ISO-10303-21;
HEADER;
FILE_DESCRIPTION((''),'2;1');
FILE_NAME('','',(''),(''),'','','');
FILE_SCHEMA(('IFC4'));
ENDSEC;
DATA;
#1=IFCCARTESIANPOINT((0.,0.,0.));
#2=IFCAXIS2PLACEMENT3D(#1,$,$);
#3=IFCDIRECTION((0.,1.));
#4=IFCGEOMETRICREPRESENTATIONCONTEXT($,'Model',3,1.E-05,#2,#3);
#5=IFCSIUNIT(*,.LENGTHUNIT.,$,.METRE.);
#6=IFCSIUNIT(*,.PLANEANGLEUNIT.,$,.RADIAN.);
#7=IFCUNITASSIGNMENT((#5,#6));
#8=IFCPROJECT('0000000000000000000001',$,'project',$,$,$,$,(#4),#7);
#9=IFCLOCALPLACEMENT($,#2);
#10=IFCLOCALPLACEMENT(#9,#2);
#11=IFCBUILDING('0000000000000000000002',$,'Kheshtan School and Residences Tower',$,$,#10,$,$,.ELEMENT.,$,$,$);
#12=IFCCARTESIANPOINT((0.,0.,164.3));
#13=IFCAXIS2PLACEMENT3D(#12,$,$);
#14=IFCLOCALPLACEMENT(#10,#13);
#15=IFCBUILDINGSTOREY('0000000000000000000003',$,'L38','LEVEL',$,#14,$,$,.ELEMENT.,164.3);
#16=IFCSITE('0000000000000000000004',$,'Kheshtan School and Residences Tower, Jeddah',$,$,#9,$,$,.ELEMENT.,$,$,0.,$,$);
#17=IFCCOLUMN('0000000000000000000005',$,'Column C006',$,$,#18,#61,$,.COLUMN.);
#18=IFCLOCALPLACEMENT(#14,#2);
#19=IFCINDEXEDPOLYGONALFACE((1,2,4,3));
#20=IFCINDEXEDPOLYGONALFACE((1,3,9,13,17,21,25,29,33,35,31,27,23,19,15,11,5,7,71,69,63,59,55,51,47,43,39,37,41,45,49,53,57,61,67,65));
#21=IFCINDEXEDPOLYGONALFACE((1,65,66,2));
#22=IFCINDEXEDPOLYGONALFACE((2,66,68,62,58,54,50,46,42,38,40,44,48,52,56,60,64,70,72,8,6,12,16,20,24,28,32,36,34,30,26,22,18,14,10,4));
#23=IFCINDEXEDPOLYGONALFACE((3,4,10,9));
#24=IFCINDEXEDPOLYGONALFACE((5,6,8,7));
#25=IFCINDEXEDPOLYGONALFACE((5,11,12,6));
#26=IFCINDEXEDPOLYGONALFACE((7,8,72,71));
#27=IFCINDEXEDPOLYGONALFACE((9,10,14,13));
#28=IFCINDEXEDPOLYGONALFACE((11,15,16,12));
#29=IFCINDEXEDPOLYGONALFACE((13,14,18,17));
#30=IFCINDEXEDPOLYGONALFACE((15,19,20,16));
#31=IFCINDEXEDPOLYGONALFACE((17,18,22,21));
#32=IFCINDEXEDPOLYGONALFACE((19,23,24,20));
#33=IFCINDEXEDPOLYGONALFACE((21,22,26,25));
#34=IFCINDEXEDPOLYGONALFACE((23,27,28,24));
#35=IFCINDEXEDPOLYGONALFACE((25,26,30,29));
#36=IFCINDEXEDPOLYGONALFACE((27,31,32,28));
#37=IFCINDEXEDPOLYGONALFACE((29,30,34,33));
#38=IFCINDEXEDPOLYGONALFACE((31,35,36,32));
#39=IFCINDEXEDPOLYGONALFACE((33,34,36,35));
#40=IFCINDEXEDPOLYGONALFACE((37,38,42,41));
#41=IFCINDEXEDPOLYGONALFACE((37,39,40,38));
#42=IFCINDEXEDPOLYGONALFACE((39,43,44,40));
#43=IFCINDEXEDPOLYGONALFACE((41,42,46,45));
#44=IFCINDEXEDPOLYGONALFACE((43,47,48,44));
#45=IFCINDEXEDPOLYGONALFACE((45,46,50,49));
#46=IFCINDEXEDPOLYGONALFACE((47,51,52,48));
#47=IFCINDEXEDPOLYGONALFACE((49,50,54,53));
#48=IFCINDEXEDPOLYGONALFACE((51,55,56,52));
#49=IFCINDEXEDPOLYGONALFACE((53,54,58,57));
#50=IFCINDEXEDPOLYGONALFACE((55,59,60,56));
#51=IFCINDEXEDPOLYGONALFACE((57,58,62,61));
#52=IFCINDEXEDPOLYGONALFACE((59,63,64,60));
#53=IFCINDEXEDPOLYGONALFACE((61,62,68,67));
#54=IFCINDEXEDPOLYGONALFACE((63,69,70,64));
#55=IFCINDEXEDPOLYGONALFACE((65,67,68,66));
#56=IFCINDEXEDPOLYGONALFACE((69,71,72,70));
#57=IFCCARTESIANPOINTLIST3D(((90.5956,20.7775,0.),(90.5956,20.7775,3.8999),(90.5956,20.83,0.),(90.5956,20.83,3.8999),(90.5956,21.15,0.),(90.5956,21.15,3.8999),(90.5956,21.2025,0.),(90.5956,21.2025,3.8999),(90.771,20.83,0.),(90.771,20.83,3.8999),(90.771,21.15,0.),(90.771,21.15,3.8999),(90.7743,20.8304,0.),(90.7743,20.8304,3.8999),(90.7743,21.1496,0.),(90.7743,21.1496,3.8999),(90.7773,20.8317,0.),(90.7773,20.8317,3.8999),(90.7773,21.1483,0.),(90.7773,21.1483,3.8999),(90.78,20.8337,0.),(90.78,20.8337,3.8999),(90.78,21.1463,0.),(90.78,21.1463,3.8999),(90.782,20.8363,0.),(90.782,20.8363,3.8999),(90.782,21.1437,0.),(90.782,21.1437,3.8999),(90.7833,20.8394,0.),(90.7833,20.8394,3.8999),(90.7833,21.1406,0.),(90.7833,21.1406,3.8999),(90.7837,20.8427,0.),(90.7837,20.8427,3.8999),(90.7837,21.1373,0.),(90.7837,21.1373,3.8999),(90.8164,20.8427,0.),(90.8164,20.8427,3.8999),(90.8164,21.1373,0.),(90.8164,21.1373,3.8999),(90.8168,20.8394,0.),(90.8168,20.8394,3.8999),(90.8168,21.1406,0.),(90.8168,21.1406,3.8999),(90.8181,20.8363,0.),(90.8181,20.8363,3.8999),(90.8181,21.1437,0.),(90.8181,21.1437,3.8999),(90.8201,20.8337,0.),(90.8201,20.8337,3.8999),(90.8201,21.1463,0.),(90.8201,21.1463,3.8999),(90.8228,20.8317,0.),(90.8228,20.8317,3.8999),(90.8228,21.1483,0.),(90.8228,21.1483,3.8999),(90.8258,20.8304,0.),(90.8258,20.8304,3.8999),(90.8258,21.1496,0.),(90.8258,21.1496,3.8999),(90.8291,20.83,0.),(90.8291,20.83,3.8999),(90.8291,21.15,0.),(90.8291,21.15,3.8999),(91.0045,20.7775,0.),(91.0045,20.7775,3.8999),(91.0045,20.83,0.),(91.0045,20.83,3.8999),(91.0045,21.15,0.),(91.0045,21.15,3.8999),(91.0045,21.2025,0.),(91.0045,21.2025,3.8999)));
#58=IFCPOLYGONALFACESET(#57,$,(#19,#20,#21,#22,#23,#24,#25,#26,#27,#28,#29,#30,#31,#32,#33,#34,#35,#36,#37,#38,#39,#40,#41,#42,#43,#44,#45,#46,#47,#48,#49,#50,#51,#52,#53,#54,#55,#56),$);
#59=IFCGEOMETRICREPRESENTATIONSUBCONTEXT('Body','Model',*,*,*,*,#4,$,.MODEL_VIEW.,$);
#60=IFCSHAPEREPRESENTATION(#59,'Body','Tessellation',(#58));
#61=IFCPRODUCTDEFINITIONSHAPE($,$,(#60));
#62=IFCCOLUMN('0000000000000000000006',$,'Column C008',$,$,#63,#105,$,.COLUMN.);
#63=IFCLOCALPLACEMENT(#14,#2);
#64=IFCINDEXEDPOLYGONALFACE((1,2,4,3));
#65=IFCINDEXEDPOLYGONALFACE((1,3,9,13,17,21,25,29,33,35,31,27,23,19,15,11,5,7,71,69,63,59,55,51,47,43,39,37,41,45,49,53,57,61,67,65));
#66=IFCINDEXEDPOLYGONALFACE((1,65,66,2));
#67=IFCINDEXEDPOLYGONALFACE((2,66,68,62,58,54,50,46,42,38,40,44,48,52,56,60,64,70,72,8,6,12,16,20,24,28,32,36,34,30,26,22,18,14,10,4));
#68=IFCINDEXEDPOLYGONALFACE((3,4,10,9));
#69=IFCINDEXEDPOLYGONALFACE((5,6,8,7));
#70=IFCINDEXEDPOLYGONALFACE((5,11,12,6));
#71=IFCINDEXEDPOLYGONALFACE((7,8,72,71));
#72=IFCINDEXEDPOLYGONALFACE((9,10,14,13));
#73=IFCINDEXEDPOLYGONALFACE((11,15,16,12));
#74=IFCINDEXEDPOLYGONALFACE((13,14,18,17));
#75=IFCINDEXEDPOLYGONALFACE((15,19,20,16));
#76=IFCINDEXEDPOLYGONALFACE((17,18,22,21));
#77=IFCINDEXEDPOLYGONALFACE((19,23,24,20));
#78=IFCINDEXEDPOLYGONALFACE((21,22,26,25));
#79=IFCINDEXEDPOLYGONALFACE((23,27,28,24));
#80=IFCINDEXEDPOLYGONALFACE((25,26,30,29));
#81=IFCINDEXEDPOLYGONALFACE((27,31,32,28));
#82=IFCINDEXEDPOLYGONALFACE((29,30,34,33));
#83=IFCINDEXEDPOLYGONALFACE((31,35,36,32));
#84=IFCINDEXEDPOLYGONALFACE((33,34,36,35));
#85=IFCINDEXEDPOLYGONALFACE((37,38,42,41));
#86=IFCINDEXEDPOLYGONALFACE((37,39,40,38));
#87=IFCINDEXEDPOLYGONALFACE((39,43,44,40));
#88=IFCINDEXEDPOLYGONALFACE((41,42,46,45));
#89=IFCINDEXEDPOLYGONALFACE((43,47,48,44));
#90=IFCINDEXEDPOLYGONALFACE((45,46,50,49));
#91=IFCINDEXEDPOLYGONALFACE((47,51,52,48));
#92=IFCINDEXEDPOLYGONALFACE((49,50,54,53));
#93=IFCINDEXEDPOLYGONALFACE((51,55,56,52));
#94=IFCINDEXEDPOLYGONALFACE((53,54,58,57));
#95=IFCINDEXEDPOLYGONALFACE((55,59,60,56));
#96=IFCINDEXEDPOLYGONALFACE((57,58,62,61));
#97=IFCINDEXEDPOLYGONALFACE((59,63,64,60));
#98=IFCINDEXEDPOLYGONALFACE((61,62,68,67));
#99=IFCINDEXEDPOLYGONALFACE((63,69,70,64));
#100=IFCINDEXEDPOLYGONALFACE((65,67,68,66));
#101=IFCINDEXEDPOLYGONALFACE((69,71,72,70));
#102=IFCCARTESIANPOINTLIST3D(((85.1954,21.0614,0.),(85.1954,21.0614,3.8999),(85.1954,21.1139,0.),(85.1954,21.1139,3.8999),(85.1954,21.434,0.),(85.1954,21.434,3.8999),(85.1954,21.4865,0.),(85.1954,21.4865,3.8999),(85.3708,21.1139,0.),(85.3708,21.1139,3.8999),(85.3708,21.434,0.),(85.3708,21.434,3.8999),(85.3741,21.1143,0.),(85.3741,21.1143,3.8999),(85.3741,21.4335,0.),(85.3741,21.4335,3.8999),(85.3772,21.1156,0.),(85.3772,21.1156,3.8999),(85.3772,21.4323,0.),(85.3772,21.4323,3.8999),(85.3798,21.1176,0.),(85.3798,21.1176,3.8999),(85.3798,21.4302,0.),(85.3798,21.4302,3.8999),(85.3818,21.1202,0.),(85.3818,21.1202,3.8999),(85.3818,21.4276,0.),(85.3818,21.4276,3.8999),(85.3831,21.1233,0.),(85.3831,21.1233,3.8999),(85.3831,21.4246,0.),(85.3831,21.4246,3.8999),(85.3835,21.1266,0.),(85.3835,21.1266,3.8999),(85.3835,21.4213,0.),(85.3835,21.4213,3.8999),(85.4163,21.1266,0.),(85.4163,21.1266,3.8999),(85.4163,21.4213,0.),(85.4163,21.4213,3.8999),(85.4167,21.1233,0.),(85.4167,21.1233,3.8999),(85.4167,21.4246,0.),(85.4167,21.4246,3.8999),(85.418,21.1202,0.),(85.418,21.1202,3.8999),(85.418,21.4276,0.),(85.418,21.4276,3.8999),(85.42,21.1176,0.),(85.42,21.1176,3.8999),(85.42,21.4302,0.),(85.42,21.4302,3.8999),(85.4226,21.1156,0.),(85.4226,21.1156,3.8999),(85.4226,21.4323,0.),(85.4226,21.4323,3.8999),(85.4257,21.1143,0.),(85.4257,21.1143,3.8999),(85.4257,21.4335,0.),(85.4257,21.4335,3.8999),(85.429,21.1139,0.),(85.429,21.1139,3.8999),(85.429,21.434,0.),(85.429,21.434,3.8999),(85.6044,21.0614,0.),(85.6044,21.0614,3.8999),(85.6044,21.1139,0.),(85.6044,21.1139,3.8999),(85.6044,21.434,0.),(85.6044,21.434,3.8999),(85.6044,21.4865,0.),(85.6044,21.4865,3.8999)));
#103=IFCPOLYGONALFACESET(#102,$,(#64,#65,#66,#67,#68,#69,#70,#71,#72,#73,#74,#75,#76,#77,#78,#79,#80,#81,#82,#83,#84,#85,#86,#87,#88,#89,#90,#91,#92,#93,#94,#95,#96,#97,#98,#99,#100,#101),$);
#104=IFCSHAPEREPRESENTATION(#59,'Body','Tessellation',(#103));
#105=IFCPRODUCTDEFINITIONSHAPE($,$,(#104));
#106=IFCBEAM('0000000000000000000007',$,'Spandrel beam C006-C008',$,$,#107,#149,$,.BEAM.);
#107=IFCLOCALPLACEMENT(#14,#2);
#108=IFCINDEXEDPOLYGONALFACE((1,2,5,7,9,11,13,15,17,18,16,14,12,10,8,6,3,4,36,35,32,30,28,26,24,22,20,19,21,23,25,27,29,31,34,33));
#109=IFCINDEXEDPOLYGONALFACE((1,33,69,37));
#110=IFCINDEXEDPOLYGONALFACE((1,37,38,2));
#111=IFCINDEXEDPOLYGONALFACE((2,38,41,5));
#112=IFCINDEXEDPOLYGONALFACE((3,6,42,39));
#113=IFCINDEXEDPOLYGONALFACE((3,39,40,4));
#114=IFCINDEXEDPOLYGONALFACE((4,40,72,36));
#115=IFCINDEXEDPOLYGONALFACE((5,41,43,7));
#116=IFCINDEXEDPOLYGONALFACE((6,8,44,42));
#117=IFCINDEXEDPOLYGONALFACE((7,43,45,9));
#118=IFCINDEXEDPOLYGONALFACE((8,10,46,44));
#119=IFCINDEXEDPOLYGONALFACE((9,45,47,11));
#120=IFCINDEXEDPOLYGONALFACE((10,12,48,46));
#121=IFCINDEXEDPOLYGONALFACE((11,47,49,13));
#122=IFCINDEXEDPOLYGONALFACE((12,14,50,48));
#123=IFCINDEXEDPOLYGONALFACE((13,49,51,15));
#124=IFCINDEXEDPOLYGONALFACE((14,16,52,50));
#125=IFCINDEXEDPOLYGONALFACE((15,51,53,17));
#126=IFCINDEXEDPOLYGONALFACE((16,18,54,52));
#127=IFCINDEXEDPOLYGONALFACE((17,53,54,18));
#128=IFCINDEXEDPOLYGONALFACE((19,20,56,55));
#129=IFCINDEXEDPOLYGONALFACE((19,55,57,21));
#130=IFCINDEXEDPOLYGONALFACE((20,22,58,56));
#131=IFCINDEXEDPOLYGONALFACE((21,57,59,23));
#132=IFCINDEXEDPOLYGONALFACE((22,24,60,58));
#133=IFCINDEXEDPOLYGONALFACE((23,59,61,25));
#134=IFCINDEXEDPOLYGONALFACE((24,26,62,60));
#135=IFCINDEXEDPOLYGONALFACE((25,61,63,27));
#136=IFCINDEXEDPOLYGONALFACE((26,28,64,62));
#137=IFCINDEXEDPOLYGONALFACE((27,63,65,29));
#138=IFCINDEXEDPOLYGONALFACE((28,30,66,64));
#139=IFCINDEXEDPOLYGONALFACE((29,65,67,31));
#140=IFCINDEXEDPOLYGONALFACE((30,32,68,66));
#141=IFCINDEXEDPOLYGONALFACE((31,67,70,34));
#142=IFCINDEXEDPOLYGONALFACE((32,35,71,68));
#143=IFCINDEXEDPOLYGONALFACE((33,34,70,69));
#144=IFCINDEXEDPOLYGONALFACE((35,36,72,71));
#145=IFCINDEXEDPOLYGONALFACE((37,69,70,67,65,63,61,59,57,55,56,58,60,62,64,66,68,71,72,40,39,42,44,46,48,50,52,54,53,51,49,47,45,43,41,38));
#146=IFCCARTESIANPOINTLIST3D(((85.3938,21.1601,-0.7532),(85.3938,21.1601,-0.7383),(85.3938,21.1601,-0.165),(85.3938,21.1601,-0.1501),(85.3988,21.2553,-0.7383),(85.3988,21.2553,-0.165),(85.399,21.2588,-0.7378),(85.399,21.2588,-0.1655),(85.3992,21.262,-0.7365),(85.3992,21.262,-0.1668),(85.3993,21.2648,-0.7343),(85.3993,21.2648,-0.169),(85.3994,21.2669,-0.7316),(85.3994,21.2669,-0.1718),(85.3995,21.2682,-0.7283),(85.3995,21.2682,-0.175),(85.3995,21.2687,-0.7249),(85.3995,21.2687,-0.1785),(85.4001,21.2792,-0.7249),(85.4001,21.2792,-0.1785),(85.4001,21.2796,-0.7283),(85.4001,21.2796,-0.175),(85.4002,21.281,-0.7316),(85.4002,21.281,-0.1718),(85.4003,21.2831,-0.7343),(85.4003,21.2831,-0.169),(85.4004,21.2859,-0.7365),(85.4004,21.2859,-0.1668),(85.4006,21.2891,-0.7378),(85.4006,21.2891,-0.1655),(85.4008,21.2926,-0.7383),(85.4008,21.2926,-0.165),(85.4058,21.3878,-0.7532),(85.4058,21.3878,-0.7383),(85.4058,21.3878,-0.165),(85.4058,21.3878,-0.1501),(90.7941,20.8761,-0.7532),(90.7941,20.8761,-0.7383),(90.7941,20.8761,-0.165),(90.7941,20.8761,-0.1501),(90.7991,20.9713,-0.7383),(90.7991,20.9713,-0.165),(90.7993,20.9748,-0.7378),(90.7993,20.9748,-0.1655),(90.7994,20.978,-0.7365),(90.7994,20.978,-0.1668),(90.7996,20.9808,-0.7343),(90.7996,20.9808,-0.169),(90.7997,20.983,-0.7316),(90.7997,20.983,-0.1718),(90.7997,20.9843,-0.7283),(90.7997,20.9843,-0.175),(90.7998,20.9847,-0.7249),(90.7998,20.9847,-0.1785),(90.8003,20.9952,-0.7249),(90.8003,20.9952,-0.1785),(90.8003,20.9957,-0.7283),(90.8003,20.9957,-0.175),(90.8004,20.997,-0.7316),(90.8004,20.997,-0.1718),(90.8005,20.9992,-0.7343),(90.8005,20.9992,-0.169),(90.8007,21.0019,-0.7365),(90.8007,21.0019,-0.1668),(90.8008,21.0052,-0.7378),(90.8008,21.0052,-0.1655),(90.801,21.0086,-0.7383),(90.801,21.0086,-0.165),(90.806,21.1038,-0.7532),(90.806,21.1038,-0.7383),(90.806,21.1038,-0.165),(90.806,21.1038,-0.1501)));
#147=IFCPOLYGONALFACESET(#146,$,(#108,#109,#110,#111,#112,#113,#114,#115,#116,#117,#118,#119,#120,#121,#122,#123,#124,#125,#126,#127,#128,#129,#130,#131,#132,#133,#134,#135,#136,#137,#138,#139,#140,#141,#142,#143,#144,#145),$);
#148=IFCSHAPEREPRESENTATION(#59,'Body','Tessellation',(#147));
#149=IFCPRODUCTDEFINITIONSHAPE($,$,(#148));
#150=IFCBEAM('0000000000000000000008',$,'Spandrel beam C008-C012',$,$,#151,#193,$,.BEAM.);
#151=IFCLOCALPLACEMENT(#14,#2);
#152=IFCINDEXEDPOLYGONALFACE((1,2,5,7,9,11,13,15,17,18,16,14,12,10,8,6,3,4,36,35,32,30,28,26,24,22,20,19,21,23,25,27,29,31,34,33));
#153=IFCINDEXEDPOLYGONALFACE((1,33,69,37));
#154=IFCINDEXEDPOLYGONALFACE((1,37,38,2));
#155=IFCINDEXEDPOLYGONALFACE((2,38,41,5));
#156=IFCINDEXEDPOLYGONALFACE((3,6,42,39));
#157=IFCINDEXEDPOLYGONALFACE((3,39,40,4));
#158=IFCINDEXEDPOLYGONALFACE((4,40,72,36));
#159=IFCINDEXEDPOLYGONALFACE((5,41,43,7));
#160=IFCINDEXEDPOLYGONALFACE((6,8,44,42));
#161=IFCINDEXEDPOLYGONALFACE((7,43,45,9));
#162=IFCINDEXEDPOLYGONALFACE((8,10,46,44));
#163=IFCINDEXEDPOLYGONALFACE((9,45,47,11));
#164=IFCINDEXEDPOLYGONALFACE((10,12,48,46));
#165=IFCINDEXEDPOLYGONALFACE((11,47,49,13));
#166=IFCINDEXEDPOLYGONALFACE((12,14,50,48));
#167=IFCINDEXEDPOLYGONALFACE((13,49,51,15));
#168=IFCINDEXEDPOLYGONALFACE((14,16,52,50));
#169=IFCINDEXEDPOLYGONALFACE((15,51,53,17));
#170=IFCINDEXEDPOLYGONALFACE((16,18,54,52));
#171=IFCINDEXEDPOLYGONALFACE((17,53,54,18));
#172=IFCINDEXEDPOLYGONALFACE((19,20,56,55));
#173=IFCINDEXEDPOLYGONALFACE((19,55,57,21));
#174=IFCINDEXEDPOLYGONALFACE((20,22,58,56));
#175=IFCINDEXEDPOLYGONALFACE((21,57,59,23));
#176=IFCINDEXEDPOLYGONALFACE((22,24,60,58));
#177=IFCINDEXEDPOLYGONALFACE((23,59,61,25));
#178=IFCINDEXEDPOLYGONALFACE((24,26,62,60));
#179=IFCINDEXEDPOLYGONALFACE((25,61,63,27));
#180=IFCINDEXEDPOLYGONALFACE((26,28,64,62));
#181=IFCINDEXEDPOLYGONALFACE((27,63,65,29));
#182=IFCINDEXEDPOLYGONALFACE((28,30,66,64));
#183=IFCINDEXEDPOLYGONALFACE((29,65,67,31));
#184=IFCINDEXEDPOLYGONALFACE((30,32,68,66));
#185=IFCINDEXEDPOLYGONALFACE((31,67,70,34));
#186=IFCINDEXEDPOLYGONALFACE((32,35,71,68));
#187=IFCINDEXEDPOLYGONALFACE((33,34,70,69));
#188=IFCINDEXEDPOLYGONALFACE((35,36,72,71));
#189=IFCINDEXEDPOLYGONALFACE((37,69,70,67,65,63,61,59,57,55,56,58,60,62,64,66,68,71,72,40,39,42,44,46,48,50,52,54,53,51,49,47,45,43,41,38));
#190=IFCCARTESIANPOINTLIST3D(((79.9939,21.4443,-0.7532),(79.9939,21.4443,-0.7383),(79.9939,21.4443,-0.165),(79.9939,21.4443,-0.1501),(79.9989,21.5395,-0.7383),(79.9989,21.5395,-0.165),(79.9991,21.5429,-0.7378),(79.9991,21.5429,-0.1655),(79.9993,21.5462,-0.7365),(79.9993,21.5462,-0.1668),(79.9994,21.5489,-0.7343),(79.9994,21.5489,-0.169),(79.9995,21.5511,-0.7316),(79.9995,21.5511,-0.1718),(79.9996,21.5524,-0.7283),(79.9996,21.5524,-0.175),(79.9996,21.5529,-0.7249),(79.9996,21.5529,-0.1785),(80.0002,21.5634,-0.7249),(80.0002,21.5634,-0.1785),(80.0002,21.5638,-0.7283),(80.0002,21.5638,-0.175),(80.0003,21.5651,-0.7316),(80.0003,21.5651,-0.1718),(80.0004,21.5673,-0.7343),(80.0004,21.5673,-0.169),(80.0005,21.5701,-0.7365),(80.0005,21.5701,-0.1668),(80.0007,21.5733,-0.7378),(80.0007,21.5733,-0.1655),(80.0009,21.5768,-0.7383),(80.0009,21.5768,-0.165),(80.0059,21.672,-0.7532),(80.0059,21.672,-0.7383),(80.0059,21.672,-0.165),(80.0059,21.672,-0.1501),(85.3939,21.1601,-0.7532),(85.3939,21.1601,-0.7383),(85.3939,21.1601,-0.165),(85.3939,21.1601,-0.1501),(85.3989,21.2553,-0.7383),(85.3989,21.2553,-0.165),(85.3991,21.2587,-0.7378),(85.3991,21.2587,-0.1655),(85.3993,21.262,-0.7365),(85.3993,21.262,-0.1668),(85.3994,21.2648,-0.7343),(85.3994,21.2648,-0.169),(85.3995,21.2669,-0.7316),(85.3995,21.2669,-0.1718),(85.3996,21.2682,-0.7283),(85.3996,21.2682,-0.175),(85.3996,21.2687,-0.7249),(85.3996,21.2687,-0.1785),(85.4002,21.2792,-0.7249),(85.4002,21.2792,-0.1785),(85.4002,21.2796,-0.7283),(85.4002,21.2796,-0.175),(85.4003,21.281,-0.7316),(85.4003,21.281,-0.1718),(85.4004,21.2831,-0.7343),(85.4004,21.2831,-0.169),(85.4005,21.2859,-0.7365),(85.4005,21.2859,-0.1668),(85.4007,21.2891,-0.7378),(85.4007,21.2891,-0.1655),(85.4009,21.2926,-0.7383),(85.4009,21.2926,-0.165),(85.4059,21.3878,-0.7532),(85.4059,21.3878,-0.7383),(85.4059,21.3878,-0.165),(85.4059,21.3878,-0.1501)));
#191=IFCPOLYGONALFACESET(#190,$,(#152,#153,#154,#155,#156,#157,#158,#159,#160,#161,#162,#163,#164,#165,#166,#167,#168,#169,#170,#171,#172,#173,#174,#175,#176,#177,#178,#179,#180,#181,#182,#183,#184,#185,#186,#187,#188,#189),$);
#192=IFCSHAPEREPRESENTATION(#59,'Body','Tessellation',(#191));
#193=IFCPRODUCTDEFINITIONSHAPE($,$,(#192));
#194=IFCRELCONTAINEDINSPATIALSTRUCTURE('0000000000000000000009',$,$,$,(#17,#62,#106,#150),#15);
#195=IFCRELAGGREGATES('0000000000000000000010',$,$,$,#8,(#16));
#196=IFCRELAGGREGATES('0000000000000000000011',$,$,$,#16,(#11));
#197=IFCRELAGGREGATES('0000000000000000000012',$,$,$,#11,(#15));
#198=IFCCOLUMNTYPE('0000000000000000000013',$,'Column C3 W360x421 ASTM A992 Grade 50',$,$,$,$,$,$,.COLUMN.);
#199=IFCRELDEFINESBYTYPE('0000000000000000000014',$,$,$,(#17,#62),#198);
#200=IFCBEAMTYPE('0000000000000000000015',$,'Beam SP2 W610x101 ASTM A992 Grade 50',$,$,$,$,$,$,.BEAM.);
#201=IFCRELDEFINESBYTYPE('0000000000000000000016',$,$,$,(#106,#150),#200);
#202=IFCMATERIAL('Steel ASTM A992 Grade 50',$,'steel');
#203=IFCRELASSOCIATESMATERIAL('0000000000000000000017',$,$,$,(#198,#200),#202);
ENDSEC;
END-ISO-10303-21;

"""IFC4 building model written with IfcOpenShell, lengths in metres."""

from ifc_helpers import new_model, si_unit, direction, frame, origin, origin_2d, place, context, subcontext, project, spatial, i_section, extrude, material, material_profile, profile_set, type_object, element, save


model = new_model("IFC4")

# Units and contexts
model_context = context("Model", 3, precision=1e-05, world=origin(), true_north=direction((0.0, 1.0)))
body_context = subcontext(model_context, "Body", "Model", "MODEL_VIEW")
ifc_project = project(units=[si_unit("LENGTHUNIT", "METRE"), si_unit("PLANEANGLEUNIT", "RADIAN")], contexts=[model_context])

# Site, building, storey
site_placement = place(None, origin())
site = spatial("IfcSite", under=ifc_project, at=site_placement, Name="Kheshtan School and Residences Tower, Jeddah", CompositionType="ELEMENT", RefElevation=0.0)
building_placement = place(site_placement, origin())
building = spatial("IfcBuilding", under=site, at=building_placement, Name="Kheshtan School and Residences Tower", CompositionType="ELEMENT")
storey_placement = place(building_placement, frame((0.0, 0.0, 164.3)))
storey = spatial("IfcBuildingStorey", under=building, at=storey_placement, Name="L38", Description="LEVEL", CompositionType="ELEMENT", Elevation=164.3)

# Columns
ifc_material_1 = material(Name="Steel ASTM A992 Grade 50", Category="steel")
ifc_material_profile_1 = material_profile(ifc_material_1, i_section(OverallWidth=0.4089, OverallDepth=0.425, WebThickness=0.0327, FlangeThickness=0.0525, FilletRadius=0.0127, at=origin_2d()), Name="W360x421")
ifc_profile_set_1 = profile_set([ifc_material_profile_1], Name="Steel ASTM A992 Grade 50")
column_type = type_object("IfcColumnType", Name="Column C3 W360x421 ASTM A992 Grade 50", PredefinedType="COLUMN", material=ifc_profile_set_1)
for number, where, z_axis, x_axis, name in (
    (1, (90.8, 20.99, 0.0), (0.0, 0.0, 1.0), (1.0, 0.0, 0.0), "Column C006"),
    (2, (85.3999, 21.2739, 0.0), (0.0, 0.0, 1.0), (1.0, 0.0, 0.0), "Column C008"),
):
    element("IfcColumn", number, at=place(storey_placement, frame(where, z_axis=z_axis, x_axis=x_axis)), inside=storey, type_object=column_type, Name=name, PredefinedType="COLUMN", context=body_context, shape_type="SweptSolid", body=[
        extrude(i_section(OverallWidth=0.4089, OverallDepth=0.425, WebThickness=0.0327, FlangeThickness=0.0525, FilletRadius=0.0127, at=origin_2d()), origin(), (0.0, 0.0, 1.0), 3.8999),
    ])

# Beams
ifc_material_profile_2 = material_profile(ifc_material_1, i_section(OverallWidth=0.228, OverallDepth=0.603, WebThickness=0.0105, FlangeThickness=0.0149, FilletRadius=0.0134, at=origin_2d()), Name="W610x101")
ifc_profile_set_2 = profile_set([ifc_material_profile_2], Name="Steel ASTM A992 Grade 50")
beam_type = type_object("IfcBeamType", Name="Beam SP2 W610x101 ASTM A992 Grade 50", PredefinedType="BEAM", material=ifc_profile_set_2)
beam_1_placement = place(storey_placement, frame((90.8, 20.99, -0.4517), z_axis=(-0.998621, 0.052507, 0.0), x_axis=(-0.052507, -0.998621, 0.0)))
element("IfcBeam", 3, at=beam_1_placement, inside=storey, type_object=beam_type, Name="Spandrel beam C006-C008", PredefinedType="BEAM", context=body_context, shape_type="SweptSolid", body=[
    extrude(i_section(OverallWidth=0.228, OverallDepth=0.603, WebThickness=0.0105, FlangeThickness=0.0149, FilletRadius=0.0134, at=origin_2d()), origin(), (0.0, 0.0, 1.0), 5.4077),
])
beam_2_placement = place(storey_placement, frame((85.3999, 21.2739, -0.4517), z_axis=(-0.998618, 0.052554, 0.0), x_axis=(-0.052554, -0.998618, 0.0)))
element("IfcBeam", 4, at=beam_2_placement, inside=storey, type_object=beam_type, Name="Spandrel beam C008-C012", PredefinedType="BEAM", context=body_context, shape_type="SweptSolid", body=[
    extrude(i_section(OverallWidth=0.228, OverallDepth=0.603, WebThickness=0.0105, FlangeThickness=0.0149, FilletRadius=0.0134, at=origin_2d()), origin(), (0.0, 0.0, 1.0), 5.4075),
])

save(model, "model.ifc")
